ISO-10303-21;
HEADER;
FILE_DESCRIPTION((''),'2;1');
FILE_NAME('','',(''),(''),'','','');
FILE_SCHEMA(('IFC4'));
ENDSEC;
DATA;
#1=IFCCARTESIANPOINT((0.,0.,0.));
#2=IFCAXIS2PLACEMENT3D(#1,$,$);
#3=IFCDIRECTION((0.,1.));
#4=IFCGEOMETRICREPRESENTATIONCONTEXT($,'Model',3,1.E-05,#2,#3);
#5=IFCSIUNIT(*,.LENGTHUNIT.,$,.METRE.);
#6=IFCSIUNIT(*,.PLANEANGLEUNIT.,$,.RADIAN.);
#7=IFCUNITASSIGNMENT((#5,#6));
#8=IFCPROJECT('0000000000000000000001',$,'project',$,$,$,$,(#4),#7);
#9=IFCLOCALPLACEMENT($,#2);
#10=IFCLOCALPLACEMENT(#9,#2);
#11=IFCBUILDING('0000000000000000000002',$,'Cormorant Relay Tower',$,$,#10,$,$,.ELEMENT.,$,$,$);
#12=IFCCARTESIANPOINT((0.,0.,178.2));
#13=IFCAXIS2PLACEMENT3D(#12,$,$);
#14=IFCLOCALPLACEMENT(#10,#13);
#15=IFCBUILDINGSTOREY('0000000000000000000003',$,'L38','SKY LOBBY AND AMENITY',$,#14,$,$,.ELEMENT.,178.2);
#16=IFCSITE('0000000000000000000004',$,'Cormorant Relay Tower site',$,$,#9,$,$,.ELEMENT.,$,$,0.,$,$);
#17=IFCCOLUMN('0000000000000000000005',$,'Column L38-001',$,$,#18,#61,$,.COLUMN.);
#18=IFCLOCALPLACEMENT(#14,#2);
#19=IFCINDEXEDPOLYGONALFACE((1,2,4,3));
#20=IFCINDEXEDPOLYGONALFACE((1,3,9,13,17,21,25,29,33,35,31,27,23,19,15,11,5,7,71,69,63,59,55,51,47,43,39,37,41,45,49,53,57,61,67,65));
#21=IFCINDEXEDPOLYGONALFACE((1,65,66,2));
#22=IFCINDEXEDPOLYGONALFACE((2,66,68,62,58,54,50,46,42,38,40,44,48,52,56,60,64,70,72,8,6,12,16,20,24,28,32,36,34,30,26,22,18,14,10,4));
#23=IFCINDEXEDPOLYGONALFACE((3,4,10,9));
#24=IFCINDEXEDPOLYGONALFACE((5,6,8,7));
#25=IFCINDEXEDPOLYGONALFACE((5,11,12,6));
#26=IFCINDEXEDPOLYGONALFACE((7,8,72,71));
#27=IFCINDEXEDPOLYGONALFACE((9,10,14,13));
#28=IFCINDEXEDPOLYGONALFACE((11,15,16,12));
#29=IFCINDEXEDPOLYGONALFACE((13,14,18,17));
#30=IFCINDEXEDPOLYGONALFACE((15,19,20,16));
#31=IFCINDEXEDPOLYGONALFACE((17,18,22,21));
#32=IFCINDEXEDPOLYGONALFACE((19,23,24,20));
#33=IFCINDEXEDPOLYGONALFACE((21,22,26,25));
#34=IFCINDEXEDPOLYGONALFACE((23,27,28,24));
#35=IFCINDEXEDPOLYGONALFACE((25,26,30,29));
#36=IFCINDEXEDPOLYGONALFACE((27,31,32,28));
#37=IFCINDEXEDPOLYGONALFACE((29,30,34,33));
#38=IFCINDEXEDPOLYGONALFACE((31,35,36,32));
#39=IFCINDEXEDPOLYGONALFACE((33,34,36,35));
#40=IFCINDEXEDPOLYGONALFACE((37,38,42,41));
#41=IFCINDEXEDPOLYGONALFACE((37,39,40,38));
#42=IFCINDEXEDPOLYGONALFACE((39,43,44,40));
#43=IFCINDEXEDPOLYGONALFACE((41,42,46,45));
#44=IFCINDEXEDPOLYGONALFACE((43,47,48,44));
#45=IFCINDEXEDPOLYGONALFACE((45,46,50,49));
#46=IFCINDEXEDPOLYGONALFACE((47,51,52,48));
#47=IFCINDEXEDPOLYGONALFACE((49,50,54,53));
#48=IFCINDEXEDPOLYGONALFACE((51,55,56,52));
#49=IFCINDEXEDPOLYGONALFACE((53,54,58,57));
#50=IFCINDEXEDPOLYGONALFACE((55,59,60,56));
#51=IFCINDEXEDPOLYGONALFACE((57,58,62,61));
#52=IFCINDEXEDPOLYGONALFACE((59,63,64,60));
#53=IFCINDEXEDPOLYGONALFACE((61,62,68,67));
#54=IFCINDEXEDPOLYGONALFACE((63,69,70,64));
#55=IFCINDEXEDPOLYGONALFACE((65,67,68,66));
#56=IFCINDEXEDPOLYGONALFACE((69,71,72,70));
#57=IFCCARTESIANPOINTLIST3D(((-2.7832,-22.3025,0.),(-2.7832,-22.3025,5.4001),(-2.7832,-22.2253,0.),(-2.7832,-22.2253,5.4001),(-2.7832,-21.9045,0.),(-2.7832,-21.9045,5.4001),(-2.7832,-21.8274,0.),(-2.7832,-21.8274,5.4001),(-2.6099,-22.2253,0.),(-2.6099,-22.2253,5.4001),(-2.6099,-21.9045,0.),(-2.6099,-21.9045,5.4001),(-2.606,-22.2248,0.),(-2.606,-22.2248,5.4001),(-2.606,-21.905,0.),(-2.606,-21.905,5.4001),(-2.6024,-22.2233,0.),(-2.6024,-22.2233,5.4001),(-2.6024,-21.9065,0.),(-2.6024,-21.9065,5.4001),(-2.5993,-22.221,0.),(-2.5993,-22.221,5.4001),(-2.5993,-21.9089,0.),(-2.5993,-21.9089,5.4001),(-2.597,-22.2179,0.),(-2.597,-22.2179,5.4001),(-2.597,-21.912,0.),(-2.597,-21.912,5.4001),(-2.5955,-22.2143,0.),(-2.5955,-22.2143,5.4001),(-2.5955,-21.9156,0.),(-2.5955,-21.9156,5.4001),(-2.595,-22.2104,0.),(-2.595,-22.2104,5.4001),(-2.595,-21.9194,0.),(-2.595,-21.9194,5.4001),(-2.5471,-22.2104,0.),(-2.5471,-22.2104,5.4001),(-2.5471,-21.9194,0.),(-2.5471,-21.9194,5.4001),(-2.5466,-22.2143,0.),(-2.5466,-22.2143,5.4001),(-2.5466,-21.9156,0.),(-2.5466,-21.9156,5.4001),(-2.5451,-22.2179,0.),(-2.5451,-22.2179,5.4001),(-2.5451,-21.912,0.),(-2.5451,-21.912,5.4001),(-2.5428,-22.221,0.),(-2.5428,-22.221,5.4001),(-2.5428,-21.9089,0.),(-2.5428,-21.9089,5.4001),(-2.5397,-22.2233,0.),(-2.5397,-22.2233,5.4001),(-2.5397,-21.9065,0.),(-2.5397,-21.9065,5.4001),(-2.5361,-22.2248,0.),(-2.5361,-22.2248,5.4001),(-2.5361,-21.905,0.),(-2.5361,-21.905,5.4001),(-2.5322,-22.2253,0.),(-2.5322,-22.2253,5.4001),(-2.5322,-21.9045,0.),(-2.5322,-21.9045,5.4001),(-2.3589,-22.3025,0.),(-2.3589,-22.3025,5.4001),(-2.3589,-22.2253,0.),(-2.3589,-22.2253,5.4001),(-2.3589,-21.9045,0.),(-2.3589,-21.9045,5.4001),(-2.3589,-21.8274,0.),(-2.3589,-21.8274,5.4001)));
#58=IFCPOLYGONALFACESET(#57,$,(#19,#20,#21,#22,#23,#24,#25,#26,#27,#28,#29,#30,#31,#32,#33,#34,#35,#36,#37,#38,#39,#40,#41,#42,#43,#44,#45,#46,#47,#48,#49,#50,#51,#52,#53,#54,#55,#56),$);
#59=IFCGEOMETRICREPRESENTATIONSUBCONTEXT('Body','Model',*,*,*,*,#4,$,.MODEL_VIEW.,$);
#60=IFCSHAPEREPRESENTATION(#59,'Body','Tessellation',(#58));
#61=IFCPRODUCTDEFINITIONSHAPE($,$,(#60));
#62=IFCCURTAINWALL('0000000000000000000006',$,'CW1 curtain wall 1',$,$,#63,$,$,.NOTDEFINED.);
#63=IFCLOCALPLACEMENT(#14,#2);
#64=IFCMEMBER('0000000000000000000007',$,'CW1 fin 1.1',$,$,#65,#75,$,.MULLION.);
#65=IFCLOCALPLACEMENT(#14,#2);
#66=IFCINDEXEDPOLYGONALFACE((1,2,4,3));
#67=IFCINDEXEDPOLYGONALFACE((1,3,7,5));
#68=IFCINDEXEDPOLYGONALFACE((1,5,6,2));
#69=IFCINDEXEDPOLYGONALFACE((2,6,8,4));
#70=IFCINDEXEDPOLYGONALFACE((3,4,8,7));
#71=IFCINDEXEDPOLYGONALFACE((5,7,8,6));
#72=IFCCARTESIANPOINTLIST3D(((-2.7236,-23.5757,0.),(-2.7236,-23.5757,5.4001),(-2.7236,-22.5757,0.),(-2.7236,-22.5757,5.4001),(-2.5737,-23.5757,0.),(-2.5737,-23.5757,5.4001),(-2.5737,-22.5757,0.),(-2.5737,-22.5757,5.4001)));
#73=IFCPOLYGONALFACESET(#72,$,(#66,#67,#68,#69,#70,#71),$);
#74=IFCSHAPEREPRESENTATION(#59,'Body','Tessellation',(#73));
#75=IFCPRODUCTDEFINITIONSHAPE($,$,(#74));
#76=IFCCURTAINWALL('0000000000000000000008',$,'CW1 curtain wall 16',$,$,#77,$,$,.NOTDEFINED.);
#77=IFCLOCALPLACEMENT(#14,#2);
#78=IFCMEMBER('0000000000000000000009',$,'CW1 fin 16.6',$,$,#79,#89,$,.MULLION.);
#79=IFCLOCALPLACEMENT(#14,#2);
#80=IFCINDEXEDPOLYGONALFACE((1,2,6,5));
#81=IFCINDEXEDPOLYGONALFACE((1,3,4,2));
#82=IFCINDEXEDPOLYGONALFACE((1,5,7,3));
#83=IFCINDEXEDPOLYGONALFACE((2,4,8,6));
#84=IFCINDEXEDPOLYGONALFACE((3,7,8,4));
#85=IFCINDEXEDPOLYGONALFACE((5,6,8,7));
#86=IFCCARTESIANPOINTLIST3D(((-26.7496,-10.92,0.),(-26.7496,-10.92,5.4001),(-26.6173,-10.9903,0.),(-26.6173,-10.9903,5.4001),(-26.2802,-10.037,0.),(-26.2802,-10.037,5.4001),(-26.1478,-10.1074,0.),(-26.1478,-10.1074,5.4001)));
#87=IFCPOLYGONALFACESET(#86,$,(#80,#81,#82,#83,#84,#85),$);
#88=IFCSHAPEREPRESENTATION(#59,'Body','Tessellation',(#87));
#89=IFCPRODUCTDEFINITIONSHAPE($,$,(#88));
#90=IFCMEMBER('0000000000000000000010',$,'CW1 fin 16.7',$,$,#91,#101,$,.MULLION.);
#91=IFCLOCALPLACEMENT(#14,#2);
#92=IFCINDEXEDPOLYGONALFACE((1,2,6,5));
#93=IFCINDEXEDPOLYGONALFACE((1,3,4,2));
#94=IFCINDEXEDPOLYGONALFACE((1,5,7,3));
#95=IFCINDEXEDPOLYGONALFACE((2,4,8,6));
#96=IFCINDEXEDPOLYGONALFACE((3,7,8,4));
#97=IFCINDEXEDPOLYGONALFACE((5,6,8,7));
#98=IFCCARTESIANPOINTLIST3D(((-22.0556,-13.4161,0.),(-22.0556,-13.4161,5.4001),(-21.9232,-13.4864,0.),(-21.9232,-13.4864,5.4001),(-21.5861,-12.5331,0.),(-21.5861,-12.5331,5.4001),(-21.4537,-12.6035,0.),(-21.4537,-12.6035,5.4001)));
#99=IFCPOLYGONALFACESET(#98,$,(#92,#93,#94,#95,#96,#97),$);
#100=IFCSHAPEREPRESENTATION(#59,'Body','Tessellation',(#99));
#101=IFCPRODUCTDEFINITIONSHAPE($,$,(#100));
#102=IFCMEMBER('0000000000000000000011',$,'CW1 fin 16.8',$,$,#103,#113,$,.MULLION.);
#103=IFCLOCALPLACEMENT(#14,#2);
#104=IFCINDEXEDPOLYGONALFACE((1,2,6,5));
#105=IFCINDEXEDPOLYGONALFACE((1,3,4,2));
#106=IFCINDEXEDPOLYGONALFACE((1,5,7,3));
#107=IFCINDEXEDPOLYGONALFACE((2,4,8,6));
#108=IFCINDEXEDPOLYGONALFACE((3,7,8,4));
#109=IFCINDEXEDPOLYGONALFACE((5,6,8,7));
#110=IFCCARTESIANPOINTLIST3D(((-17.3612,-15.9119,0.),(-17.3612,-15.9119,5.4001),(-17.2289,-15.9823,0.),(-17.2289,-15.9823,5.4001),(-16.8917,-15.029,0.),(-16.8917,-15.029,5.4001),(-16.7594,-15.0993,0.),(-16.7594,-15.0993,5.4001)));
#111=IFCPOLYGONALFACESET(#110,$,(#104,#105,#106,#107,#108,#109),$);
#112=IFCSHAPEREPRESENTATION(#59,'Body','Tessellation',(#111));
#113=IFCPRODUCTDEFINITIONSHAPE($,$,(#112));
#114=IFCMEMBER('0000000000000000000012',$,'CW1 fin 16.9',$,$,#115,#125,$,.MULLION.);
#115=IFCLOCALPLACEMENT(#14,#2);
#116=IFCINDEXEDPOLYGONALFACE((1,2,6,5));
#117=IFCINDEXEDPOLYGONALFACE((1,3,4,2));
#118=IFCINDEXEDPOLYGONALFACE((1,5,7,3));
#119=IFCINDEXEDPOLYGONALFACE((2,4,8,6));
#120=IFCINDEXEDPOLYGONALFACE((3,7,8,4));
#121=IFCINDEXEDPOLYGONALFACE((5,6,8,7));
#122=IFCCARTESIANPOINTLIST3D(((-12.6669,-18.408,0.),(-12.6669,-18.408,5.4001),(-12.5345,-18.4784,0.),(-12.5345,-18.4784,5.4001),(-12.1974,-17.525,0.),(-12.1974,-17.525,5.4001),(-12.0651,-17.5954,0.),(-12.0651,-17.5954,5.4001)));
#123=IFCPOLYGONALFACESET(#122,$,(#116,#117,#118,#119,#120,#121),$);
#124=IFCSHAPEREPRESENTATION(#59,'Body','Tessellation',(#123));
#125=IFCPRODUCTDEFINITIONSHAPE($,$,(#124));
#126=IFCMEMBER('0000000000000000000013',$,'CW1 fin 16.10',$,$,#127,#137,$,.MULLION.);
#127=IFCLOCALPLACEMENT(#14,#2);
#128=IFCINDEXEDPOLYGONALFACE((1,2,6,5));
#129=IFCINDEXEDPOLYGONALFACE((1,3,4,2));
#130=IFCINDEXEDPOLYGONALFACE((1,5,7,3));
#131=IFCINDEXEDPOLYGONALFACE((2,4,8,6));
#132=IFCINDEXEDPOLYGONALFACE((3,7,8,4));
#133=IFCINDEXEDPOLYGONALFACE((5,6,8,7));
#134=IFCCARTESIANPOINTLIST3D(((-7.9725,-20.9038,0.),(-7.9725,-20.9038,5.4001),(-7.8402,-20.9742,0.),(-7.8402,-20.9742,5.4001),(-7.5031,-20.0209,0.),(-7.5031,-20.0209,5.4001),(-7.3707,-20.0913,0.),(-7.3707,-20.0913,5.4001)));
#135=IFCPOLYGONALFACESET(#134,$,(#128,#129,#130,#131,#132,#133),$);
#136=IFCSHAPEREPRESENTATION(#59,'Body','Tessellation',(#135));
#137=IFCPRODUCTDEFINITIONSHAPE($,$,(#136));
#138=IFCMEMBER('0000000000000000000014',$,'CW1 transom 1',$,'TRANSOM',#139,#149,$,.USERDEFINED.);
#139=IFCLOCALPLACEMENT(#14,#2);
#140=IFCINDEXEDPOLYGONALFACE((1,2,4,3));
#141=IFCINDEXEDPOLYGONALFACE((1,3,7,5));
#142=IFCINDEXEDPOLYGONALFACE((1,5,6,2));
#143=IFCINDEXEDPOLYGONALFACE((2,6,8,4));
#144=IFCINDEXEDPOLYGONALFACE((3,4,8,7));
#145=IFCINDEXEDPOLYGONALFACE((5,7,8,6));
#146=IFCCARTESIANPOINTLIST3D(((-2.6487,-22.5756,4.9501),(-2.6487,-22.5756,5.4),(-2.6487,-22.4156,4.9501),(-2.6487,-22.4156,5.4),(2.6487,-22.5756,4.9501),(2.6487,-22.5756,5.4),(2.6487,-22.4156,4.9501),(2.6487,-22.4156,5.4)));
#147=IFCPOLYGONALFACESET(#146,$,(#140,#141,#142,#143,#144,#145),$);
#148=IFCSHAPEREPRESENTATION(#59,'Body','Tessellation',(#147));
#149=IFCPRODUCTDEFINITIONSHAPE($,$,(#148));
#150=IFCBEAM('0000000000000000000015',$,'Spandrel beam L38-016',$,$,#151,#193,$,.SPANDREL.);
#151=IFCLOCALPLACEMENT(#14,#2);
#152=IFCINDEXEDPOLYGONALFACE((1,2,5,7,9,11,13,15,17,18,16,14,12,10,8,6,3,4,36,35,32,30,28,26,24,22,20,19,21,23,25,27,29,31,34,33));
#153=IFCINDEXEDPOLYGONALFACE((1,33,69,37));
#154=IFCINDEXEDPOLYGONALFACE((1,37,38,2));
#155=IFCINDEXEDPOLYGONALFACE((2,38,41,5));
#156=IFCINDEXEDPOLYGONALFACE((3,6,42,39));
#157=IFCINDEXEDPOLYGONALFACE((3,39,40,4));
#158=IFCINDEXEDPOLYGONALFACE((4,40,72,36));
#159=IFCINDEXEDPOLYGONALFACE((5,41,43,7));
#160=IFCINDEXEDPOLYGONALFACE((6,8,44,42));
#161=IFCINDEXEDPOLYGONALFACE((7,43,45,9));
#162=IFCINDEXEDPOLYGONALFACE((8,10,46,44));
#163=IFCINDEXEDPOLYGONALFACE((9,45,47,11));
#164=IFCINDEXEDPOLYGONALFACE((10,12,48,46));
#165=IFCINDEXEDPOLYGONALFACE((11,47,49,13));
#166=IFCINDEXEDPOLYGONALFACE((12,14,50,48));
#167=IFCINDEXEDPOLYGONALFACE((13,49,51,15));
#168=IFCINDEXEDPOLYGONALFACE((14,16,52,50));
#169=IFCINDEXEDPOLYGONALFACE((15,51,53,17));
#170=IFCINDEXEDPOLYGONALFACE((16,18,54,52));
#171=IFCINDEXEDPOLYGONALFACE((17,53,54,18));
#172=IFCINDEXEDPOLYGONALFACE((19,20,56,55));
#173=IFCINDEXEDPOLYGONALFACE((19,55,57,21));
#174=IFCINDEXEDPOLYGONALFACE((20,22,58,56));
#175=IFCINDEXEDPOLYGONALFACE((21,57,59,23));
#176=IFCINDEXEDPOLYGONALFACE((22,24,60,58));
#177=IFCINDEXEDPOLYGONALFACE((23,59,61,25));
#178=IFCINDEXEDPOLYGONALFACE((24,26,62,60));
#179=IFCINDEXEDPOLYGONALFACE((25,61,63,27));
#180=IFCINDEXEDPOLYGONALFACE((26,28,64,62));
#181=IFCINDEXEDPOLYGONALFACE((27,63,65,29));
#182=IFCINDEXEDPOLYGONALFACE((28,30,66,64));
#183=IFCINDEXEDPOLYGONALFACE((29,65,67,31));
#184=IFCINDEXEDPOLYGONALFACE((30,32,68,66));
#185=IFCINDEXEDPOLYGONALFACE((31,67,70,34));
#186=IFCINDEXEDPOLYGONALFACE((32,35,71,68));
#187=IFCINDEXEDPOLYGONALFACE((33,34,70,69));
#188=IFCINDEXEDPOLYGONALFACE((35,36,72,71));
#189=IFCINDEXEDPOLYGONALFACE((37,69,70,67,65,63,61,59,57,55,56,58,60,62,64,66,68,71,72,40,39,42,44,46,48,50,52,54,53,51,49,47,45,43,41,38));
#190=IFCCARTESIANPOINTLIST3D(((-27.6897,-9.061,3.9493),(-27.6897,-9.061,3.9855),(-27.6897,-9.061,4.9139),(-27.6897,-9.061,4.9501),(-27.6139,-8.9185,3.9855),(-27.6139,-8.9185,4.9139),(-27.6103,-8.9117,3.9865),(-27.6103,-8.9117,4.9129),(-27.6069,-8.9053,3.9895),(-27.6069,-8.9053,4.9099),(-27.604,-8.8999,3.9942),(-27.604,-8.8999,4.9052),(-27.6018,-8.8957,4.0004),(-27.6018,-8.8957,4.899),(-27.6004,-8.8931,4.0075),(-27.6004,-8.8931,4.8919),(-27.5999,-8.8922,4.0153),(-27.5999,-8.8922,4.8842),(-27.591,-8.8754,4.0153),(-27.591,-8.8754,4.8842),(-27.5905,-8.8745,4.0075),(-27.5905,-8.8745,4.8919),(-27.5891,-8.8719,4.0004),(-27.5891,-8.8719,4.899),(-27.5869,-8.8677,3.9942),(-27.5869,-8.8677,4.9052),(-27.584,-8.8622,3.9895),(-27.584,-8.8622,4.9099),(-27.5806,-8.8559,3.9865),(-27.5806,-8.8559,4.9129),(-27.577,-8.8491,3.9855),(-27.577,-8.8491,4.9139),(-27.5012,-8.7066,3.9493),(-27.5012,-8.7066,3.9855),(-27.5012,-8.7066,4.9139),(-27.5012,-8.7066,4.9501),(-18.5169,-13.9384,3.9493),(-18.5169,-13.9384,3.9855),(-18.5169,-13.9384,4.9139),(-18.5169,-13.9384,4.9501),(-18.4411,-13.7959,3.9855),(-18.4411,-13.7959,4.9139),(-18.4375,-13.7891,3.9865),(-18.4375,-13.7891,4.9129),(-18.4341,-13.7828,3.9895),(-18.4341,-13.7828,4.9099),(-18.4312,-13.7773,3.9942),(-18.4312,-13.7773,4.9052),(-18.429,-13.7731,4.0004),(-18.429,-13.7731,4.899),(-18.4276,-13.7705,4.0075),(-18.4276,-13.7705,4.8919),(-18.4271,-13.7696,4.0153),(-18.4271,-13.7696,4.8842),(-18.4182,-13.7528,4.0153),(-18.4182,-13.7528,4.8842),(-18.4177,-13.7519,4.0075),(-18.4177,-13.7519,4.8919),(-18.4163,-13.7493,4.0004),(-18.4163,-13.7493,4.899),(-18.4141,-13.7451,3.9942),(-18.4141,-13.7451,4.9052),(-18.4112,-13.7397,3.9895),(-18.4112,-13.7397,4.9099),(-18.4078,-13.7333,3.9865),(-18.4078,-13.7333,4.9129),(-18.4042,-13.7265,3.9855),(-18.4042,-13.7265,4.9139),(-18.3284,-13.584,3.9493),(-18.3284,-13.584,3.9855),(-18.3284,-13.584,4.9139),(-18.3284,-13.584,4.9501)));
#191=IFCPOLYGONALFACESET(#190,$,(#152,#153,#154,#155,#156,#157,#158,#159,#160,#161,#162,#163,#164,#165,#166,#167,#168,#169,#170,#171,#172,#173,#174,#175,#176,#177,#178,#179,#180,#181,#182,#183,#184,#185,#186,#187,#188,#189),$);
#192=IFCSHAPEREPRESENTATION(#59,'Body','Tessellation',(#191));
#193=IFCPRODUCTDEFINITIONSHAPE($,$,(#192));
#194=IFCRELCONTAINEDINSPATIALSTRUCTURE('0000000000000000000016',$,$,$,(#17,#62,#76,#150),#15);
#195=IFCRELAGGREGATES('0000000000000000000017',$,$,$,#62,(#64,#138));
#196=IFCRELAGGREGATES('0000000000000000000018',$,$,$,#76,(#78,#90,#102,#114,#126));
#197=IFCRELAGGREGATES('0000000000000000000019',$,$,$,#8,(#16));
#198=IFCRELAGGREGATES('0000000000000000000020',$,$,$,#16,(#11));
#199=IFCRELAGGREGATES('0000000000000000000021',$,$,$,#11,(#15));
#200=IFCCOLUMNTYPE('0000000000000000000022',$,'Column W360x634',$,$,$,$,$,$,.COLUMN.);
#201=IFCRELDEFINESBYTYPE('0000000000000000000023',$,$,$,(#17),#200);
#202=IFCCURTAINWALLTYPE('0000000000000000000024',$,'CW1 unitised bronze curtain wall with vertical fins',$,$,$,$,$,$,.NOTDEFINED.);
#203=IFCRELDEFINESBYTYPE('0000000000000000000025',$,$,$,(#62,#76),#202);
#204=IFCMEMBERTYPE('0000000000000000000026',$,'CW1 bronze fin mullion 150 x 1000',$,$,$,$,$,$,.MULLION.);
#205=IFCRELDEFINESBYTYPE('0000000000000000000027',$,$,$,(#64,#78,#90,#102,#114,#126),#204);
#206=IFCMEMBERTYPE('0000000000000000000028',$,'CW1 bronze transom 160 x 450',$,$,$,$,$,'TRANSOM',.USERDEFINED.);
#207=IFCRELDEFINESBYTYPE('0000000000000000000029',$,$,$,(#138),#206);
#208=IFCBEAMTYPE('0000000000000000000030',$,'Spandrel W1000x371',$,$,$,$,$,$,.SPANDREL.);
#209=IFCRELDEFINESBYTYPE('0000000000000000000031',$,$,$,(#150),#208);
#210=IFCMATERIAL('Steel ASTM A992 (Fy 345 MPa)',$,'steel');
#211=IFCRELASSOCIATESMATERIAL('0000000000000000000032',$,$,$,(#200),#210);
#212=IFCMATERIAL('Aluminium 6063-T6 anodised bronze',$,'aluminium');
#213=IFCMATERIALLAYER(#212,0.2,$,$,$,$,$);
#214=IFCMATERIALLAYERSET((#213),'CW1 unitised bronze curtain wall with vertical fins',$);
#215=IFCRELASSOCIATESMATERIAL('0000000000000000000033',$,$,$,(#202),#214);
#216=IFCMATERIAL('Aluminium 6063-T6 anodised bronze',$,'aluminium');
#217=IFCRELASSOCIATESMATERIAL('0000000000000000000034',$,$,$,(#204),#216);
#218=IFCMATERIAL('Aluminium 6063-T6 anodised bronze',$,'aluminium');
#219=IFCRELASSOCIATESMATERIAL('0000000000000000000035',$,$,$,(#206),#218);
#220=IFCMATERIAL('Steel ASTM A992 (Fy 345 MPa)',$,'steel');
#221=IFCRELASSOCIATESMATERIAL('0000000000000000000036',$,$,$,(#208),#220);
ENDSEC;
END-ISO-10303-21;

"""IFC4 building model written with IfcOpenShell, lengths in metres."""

from ifc_helpers import new_model, si_unit, direction, frame, origin, origin_2d, place, context, subcontext, project, spatial, rectangle, i_section, extrude, material, layer, layer_set, material_profile, profile_set, type_object, element, aggregate, save


model = new_model("IFC4")

# Units and contexts
model_context = context("Model", 3, precision=1e-05, world=origin(), true_north=direction((0.0, 1.0)))
body_context = subcontext(model_context, "Body", "Model", "MODEL_VIEW")
ifc_project = project(units=[si_unit("LENGTHUNIT", "METRE"), si_unit("PLANEANGLEUNIT", "RADIAN")], contexts=[model_context])

# Site, building, storey
site_placement = place(None, origin())
site = spatial("IfcSite", under=ifc_project, at=site_placement, Name="Cormorant Relay Tower site", CompositionType="ELEMENT", RefElevation=0.0)
building_placement = place(site_placement, origin())
building = spatial("IfcBuilding", under=site, at=building_placement, Name="Cormorant Relay Tower", CompositionType="ELEMENT")
storey_placement = place(building_placement, frame((0.0, 0.0, 178.2)))
storey = spatial("IfcBuildingStorey", under=building, at=storey_placement, Name="L38", Description="SKY LOBBY AND AMENITY", CompositionType="ELEMENT", Elevation=178.2)

# Column
ifc_material_1 = material(Name="Steel ASTM A992 (Fy 345 MPa)", Category="steel")
ifc_material_profile_1 = material_profile(ifc_material_1, i_section(OverallWidth=0.4243, OverallDepth=0.4751, WebThickness=0.0479, FlangeThickness=0.0771, FilletRadius=0.0149, at=origin_2d()), Name="W360x634")
ifc_profile_set_1 = profile_set([ifc_material_profile_1], Name="Steel ASTM A992 (Fy 345 MPa)")
column_type_1 = type_object("IfcColumnType", Name="Column W360x634", PredefinedType="COLUMN", material=ifc_profile_set_1)
column_1_placement = place(storey_placement, frame((-2.571, -22.0649, 0.0), z_axis=(0.0, 0.0, 1.0), x_axis=(1.0, 0.0, 0.0)))
element("IfcColumn", 1, at=column_1_placement, inside=storey, type_object=column_type_1, Name="Column L38-001", PredefinedType="COLUMN", context=body_context, shape_type="SweptSolid", body=[
    extrude(i_section(OverallWidth=0.4243, OverallDepth=0.4751, WebThickness=0.0479, FlangeThickness=0.0771, FilletRadius=0.0149, at=origin_2d()), origin(), (0.0, 0.0, 1.0), 5.4001),
])

# Curtain wall, member
ifc_material_2 = material(Name="Aluminium 6063-T6 anodised bronze", Category="aluminium")
ifc_layer_1 = layer(ifc_material_2, 0.2)
ifc_layer_set_1 = layer_set([ifc_layer_1], Name="CW1 unitised bronze curtain wall with vertical fins")
curtain_wall_type = type_object("IfcCurtainWallType", Name="CW1 unitised bronze curtain wall with vertical fins", PredefinedType="NOTDEFINED", material=ifc_layer_set_1)
curtain_wall_1_placement = place(storey_placement, origin())
curtain_wall_1 = element("IfcCurtainWall", 2, at=curtain_wall_1_placement, inside=storey, type_object=curtain_wall_type, Name="CW1 curtain wall 1", PredefinedType="NOTDEFINED")
ifc_material_3 = material(Name="Aluminium 6063-T6 anodised bronze", Category="aluminium")
ifc_material_profile_2 = material_profile(ifc_material_3, rectangle(XDim=0.1499, YDim=1.0, at=origin_2d()), Name="AL 150x1000")
ifc_profile_set_2 = profile_set([ifc_material_profile_2], Name="Aluminium 6063-T6 anodised bronze")
member_type_1 = type_object("IfcMemberType", Name="CW1 bronze fin mullion 150 x 1000", PredefinedType="MULLION", material=ifc_profile_set_2)
member_1_placement = place(storey_placement, frame((-2.6487, -23.0757, 0.0), z_axis=(0.0, 0.0, 1.0), x_axis=(1.0, 0.0, 0.0)))
member_1 = element("IfcMember", 3, at=member_1_placement, type_object=member_type_1, Name="CW1 fin 1.1", PredefinedType="MULLION", context=body_context, shape_type="SweptSolid", body=[
    extrude(rectangle(XDim=0.1499, YDim=1.0, at=origin_2d()), origin(), (0.0, 0.0, 1.0), 5.4001),
])

# Curtain wall, members
curtain_wall_2_placement = place(storey_placement, origin())
curtain_wall_2 = element("IfcCurtainWall", 4, at=curtain_wall_2_placement, inside=storey, type_object=curtain_wall_type, Name="CW1 curtain wall 16", PredefinedType="NOTDEFINED")
member_2_placement = place(storey_placement, frame((-26.4487, -10.5137, 0.0), z_axis=(0.0, 0.0, 1.0), x_axis=(0.882948, -0.469472, 0.0)))
member_2 = element("IfcMember", 5, at=member_2_placement, type_object=member_type_1, Name="CW1 fin 16.6", PredefinedType="MULLION", context=body_context, shape_type="SweptSolid", body=[
    extrude(rectangle(XDim=0.1499, YDim=1.0, at=origin_2d()), origin(), (0.0, 0.0, 1.0), 5.4001),
])
member_3_placement = place(storey_placement, frame((-21.7546, -13.0098, 0.0), z_axis=(0.0, 0.0, 1.0), x_axis=(0.882948, -0.469472, 0.0)))
member_3 = element("IfcMember", 6, at=member_3_placement, type_object=member_type_1, Name="CW1 fin 16.7", PredefinedType="MULLION", context=body_context, shape_type="SweptSolid", body=[
    extrude(rectangle(XDim=0.1499, YDim=1.0, at=origin_2d()), origin(), (0.0, 0.0, 1.0), 5.4001),
])
member_4_placement = place(storey_placement, frame((-17.0603, -15.5056, 0.0), z_axis=(0.0, 0.0, 1.0), x_axis=(0.882948, -0.469472, 0.0)))
member_4 = element("IfcMember", 7, at=member_4_placement, type_object=member_type_1, Name="CW1 fin 16.8", PredefinedType="MULLION", context=body_context, shape_type="SweptSolid", body=[
    extrude(rectangle(XDim=0.1499, YDim=1.0, at=origin_2d()), origin(), (0.0, 0.0, 1.0), 5.4001),
])
member_5_placement = place(storey_placement, frame((-12.366, -18.0017, 0.0), z_axis=(0.0, 0.0, 1.0), x_axis=(0.882948, -0.469472, 0.0)))
member_5 = element("IfcMember", 8, at=member_5_placement, type_object=member_type_1, Name="CW1 fin 16.9", PredefinedType="MULLION", context=body_context, shape_type="SweptSolid", body=[
    extrude(rectangle(XDim=0.1499, YDim=1.0, at=origin_2d()), origin(), (0.0, 0.0, 1.0), 5.4001),
])
member_6_placement = place(storey_placement, frame((-7.6716, -20.4976, 0.0), z_axis=(0.0, 0.0, 1.0), x_axis=(0.882948, -0.469472, 0.0)))
member_6 = element("IfcMember", 9, at=member_6_placement, type_object=member_type_1, Name="CW1 fin 16.10", PredefinedType="MULLION", context=body_context, shape_type="SweptSolid", body=[
    extrude(rectangle(XDim=0.1499, YDim=1.0, at=origin_2d()), origin(), (0.0, 0.0, 1.0), 5.4001),
])

# Member
ifc_material_4 = material(Name="Aluminium 6063-T6 anodised bronze", Category="aluminium")
ifc_material_profile_3 = material_profile(ifc_material_4, rectangle(XDim=0.1599, YDim=0.45, at=origin_2d()), Name="AL 160x450")
ifc_profile_set_3 = profile_set([ifc_material_profile_3], Name="Aluminium 6063-T6 anodised bronze")
member_type_2 = type_object("IfcMemberType", Name="CW1 bronze transom 160 x 450", ElementType="TRANSOM", PredefinedType="USERDEFINED", material=ifc_profile_set_3)
member_7_placement = place(storey_placement, frame((-2.6487, -22.4956, 5.175), z_axis=(1.0, 0.0, 0.0), x_axis=(0.0, 1.0, 0.0)))
member_7 = element("IfcMember", 10, at=member_7_placement, type_object=member_type_2, Name="CW1 transom 1", ObjectType="TRANSOM", PredefinedType="USERDEFINED", context=body_context, shape_type="SweptSolid", body=[
    extrude(rectangle(XDim=0.1599, YDim=0.45, at=origin_2d()), origin(), (0.0, 0.0, 1.0), 5.2974),
])
aggregate(curtain_wall_1, [member_1, member_7])

# Beam
ifc_material_5 = material(Name="Steel ASTM A992 (Fy 345 MPa)", Category="steel")
ifc_material_profile_4 = material_profile(ifc_material_5, i_section(OverallWidth=0.4014, OverallDepth=1.0007, WebThickness=0.019, FlangeThickness=0.0361, FilletRadius=0.0298, at=origin_2d()), Name="W1000x371")
ifc_profile_set_4 = profile_set([ifc_material_profile_4], Name="Steel ASTM A992 (Fy 345 MPa)")
beam_type = type_object("IfcBeamType", Name="Spandrel W1000x371", PredefinedType="SPANDREL", material=ifc_profile_set_4)
beam_placement = place(storey_placement, frame((-27.5955, -8.8838, 4.4497), z_axis=(0.882942, -0.469483, 0.0), x_axis=(0.469483, 0.882942, 0.0)))
element("IfcBeam", 11, at=beam_placement, inside=storey, type_object=beam_type, Name="Spandrel beam L38-016", PredefinedType="SPANDREL", context=body_context, shape_type="SweptSolid", body=[
    extrude(i_section(OverallWidth=0.4014, OverallDepth=1.0007, WebThickness=0.019, FlangeThickness=0.0361, FilletRadius=0.0298, at=origin_2d()), origin(), (0.0, 0.0, 1.0), 10.3889),
])

aggregate(curtain_wall_2, [member_2, member_3, member_4, member_5, member_6])

save(model, "model.ifc")
